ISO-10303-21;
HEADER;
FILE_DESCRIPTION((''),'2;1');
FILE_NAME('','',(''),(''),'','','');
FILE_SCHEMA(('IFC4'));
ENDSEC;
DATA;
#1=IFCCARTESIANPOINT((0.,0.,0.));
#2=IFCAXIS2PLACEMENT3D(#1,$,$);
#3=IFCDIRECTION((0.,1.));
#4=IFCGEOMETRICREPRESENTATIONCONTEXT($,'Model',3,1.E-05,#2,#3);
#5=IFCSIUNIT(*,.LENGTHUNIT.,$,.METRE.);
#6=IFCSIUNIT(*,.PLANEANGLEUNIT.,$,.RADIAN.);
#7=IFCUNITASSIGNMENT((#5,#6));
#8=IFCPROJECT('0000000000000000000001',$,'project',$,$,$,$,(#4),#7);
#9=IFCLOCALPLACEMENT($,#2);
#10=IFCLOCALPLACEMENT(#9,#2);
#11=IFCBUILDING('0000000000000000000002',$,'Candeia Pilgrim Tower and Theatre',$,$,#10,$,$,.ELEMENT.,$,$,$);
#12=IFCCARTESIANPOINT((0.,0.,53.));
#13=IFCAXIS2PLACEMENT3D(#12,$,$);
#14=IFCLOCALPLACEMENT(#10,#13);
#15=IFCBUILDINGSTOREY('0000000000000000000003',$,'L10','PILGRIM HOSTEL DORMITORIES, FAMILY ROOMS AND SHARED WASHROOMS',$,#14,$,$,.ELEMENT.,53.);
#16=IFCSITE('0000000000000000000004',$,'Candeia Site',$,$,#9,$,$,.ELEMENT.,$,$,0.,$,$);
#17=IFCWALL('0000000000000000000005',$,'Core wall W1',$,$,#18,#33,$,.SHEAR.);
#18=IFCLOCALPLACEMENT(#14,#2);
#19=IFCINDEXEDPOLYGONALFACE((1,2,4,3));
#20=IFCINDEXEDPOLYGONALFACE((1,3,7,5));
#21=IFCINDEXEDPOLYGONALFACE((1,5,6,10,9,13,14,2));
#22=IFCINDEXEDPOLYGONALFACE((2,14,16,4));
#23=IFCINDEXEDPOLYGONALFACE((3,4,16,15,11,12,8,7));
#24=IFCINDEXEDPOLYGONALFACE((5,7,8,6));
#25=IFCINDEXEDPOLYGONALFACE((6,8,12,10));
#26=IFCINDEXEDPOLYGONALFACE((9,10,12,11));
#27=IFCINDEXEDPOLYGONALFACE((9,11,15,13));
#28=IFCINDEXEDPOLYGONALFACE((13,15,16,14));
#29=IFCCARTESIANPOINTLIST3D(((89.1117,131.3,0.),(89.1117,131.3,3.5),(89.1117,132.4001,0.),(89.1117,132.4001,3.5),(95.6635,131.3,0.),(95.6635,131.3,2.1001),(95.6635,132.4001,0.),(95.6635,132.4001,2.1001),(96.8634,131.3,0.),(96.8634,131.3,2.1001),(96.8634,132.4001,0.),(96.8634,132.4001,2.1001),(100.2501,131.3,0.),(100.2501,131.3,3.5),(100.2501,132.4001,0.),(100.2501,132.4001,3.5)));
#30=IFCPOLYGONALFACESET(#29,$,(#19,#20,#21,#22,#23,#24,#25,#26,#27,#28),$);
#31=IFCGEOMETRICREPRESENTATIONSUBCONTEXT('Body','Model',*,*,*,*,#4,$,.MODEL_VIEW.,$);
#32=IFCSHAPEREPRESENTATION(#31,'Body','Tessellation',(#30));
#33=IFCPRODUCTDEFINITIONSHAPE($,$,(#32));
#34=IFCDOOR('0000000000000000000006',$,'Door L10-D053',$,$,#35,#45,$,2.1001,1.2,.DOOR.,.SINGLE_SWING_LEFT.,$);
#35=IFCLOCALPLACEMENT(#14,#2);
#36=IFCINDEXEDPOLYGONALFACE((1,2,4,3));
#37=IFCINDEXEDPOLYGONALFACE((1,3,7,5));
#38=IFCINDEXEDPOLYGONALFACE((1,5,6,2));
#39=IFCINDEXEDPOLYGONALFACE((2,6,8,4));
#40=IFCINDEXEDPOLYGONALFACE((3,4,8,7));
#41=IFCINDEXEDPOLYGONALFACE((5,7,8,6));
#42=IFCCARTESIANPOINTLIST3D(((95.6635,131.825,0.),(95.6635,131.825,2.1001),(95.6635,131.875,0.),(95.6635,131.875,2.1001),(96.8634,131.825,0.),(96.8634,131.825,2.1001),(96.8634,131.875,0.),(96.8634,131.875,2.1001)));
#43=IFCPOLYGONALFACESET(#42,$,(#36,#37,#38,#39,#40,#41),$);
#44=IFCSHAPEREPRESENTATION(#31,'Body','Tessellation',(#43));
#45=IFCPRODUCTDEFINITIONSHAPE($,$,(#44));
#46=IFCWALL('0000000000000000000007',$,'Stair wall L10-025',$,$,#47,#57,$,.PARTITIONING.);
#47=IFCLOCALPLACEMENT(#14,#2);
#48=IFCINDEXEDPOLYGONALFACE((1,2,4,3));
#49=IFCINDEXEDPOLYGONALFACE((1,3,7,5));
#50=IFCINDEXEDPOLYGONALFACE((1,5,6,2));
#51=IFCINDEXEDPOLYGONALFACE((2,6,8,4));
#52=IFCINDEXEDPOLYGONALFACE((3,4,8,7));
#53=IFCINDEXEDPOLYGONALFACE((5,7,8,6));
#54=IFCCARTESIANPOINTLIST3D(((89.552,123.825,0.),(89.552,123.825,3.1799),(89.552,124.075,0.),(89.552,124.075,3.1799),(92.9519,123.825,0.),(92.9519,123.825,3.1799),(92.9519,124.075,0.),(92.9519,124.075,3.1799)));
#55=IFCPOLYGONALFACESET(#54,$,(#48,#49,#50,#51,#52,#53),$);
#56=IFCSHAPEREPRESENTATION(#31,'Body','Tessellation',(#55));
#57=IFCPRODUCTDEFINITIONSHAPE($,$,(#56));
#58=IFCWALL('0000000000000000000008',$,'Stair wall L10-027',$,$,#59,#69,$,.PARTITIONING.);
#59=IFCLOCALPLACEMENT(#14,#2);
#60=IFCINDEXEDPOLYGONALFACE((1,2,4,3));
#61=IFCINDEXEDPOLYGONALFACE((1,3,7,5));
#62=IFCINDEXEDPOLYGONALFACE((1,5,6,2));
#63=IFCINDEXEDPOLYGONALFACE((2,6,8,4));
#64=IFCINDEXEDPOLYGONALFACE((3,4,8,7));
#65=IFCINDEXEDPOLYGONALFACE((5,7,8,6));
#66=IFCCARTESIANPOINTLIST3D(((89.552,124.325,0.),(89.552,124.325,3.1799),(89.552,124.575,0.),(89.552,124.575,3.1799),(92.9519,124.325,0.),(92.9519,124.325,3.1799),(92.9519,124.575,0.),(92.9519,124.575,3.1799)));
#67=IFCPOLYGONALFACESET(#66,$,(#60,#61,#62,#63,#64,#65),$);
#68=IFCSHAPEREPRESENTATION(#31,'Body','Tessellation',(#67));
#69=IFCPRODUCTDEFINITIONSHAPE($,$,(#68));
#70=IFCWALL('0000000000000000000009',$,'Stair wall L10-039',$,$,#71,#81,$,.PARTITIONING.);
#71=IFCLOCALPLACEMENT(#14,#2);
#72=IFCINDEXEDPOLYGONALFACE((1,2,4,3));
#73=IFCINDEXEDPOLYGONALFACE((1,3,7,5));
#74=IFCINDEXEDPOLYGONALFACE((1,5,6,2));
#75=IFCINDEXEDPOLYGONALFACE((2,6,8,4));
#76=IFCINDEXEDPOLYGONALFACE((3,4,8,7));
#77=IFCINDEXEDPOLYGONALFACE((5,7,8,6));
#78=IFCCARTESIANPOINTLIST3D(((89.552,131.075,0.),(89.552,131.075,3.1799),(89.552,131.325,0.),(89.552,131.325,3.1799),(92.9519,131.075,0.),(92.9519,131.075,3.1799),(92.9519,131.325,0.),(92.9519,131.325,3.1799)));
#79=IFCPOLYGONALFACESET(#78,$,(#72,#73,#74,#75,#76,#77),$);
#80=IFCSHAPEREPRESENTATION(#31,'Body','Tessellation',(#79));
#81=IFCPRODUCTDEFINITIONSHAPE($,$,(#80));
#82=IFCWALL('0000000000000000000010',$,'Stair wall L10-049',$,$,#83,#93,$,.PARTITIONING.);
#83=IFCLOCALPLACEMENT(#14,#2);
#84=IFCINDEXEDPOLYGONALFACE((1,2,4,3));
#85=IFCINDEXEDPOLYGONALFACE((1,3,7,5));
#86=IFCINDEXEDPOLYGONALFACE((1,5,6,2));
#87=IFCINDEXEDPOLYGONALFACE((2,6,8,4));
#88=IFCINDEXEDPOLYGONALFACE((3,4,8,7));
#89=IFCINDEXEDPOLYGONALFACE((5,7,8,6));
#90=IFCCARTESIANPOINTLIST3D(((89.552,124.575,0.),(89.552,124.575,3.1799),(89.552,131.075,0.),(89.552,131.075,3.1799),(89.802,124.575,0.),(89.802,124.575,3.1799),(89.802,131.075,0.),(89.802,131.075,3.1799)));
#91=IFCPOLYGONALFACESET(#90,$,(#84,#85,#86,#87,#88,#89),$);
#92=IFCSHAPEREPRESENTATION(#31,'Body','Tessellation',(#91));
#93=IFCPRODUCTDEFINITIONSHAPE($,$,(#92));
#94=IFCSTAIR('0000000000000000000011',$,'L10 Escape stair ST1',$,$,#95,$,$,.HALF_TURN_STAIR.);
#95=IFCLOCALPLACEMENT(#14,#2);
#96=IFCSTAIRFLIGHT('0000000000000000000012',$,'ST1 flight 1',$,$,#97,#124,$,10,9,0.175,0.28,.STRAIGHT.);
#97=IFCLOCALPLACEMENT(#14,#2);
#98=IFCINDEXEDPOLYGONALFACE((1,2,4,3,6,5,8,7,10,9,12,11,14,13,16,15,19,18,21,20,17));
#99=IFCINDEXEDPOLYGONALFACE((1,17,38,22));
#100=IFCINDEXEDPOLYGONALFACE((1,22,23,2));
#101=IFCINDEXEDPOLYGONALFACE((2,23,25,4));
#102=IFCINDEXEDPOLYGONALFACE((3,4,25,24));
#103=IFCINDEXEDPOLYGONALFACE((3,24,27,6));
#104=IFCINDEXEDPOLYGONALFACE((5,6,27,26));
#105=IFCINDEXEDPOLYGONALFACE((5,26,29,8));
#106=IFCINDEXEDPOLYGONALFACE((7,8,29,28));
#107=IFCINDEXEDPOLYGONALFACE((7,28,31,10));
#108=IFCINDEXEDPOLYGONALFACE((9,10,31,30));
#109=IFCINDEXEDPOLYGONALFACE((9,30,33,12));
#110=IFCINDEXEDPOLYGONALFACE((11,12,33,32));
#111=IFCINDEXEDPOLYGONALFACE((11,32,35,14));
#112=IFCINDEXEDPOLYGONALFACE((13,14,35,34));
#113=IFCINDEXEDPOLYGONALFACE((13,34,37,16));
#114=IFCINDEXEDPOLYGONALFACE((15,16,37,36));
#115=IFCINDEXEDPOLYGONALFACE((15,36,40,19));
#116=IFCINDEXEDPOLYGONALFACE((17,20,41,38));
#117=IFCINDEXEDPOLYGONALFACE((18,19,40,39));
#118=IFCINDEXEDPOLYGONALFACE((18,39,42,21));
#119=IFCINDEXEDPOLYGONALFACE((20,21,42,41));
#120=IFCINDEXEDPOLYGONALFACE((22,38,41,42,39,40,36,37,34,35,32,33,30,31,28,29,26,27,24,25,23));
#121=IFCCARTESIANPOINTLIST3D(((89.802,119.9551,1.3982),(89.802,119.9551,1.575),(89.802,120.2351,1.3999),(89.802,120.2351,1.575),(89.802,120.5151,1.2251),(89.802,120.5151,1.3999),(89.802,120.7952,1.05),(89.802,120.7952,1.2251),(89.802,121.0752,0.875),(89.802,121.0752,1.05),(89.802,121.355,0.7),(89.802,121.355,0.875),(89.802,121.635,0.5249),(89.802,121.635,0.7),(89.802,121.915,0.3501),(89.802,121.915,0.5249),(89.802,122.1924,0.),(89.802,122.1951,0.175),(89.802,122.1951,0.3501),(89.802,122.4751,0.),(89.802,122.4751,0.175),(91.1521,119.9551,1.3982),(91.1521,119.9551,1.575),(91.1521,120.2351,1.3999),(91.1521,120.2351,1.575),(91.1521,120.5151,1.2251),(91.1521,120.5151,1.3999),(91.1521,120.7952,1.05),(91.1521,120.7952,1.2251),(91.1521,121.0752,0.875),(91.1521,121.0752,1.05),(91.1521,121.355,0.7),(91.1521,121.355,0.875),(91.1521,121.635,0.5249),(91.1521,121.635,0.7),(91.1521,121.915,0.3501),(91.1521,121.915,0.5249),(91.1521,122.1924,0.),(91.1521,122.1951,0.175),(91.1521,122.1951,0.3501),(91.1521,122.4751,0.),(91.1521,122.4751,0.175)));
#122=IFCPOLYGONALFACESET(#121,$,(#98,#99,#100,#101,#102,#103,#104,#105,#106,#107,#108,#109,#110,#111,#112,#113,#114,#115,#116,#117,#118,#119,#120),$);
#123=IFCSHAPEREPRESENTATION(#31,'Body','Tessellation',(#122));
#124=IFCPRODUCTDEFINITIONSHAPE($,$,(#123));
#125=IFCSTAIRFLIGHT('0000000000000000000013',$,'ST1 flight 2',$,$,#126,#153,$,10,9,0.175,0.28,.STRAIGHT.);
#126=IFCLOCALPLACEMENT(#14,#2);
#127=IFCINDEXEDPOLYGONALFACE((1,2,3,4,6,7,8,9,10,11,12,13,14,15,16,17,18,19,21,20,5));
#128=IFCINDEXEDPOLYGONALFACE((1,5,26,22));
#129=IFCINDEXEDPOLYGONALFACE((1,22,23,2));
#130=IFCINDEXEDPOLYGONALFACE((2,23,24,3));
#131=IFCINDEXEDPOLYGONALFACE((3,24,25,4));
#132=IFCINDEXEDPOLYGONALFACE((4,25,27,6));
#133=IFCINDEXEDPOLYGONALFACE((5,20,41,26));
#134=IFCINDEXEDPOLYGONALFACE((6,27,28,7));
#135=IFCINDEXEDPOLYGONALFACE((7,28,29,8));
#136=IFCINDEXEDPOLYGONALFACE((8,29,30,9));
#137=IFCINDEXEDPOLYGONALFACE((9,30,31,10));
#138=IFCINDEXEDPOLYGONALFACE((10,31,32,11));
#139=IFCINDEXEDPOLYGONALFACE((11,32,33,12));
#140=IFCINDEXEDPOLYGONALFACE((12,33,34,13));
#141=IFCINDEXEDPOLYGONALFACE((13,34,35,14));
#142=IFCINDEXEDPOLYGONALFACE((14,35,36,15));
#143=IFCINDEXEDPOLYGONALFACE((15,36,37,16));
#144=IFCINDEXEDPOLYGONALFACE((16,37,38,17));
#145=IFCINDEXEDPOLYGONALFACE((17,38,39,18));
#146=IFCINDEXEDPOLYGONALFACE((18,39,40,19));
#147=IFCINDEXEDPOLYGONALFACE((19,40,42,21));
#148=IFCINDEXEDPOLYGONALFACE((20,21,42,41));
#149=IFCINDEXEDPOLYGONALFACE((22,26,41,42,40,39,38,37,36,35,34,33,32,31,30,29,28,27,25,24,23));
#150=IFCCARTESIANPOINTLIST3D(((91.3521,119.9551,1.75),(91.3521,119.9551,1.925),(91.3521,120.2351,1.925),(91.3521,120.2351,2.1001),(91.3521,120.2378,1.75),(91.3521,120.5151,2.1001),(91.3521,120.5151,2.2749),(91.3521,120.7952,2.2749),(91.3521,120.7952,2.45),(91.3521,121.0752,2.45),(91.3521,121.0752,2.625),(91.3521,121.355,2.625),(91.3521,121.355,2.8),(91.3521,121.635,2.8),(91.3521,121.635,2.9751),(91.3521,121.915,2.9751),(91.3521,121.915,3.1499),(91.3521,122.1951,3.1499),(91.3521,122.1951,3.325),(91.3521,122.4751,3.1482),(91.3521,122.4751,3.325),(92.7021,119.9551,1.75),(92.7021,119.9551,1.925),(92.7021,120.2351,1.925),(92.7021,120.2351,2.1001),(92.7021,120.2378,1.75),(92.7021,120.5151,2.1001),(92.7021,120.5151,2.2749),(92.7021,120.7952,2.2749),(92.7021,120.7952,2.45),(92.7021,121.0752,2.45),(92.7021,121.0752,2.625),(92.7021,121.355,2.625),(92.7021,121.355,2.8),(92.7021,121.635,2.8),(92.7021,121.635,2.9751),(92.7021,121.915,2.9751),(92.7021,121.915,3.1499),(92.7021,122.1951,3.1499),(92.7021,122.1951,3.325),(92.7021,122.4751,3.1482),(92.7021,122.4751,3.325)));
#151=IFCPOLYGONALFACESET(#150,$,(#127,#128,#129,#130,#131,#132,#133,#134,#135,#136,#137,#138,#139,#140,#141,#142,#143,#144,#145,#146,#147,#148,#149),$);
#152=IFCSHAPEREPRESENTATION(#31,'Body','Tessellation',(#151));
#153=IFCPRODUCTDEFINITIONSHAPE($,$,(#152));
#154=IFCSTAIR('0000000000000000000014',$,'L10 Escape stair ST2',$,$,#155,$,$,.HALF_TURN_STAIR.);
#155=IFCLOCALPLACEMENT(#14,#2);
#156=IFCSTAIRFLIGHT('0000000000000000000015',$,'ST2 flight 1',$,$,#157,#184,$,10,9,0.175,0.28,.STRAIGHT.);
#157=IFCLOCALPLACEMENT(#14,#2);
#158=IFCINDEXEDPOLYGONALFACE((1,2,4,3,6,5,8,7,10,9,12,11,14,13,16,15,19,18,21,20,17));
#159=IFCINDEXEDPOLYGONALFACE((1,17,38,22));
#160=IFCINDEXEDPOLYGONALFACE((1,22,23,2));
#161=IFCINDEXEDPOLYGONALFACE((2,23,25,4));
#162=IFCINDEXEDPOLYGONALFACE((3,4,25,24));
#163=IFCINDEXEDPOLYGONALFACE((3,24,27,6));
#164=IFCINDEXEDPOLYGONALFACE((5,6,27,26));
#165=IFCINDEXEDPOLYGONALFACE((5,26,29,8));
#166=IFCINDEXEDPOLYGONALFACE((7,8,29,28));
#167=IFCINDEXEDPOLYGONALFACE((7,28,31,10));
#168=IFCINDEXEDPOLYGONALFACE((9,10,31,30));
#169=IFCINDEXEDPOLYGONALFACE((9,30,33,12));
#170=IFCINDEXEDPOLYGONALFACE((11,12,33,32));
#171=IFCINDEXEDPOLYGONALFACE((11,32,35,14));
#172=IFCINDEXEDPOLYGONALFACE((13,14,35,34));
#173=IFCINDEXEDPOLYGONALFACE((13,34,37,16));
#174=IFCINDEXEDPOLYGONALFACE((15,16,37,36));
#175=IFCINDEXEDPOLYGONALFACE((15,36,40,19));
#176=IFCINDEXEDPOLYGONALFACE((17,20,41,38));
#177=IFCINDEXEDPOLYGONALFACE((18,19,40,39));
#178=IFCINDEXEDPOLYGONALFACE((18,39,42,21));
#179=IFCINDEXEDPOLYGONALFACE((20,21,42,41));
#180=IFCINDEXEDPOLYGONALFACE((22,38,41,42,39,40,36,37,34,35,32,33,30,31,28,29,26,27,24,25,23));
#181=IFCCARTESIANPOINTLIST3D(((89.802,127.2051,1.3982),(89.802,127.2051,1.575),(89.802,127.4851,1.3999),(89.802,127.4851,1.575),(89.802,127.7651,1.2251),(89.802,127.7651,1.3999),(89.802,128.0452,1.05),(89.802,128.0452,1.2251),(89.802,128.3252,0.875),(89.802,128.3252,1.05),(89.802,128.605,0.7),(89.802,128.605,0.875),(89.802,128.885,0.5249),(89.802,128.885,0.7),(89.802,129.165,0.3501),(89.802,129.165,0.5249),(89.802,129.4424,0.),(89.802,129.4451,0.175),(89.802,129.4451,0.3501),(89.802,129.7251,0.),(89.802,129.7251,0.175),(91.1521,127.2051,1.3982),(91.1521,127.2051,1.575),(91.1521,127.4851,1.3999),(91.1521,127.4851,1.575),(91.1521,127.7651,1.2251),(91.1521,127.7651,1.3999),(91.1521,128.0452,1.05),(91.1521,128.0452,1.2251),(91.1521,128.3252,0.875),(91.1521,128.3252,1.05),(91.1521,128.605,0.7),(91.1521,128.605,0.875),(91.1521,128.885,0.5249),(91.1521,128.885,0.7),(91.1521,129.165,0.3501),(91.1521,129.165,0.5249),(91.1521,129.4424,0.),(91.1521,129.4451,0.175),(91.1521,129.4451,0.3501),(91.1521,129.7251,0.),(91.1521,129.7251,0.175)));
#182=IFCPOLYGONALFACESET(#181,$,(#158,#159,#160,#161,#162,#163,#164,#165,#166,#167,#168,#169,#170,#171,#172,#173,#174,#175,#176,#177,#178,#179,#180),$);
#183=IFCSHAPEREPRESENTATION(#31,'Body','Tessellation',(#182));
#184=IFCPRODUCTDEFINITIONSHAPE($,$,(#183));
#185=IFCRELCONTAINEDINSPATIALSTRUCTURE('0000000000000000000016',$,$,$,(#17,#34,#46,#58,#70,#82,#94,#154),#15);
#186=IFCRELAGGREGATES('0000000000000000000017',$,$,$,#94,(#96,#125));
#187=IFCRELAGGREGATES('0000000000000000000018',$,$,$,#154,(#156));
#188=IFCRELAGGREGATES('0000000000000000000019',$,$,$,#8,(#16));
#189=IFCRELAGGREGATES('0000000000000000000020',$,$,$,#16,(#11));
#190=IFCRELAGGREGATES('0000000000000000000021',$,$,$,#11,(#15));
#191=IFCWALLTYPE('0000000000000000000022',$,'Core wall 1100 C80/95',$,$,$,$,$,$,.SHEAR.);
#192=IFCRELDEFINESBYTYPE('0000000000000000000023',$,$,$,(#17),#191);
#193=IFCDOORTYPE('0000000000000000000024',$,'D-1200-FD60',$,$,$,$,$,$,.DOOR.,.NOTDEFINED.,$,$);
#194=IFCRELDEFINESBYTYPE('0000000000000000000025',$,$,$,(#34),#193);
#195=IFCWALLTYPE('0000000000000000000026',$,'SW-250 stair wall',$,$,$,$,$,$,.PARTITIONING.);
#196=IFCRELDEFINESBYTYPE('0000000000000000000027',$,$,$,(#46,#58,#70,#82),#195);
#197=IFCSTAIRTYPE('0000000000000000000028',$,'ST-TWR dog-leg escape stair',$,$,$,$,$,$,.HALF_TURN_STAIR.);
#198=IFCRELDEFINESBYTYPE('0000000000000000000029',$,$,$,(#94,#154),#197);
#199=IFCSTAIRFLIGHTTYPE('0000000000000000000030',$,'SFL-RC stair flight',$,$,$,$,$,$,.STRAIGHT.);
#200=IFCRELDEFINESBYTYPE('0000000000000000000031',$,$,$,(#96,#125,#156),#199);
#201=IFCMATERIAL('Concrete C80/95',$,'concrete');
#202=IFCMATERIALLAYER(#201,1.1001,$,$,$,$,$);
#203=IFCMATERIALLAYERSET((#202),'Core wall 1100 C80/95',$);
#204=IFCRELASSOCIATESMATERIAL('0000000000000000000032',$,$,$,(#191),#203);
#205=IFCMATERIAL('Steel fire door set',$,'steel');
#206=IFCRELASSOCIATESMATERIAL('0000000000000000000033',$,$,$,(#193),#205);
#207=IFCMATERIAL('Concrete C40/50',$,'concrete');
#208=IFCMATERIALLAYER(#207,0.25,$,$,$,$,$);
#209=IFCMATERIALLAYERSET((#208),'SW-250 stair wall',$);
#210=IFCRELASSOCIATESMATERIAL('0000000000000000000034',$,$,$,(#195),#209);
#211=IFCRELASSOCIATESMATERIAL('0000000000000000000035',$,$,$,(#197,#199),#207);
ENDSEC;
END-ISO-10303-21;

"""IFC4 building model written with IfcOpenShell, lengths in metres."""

from ifc_helpers import new_model, si_unit, direction, frame, frame_2d, origin, place, context, subcontext, project, spatial, polyline, rectangle, outline, extrude, material, layer, layer_set, type_object, element, fill, aggregate, save


model = new_model("IFC4")

# Units and contexts
model_context = context("Model", 3, precision=1e-05, world=origin(), true_north=direction((0.0, 1.0)))
body_context = subcontext(model_context, "Body", "Model", "MODEL_VIEW")
ifc_project = project(units=[si_unit("LENGTHUNIT", "METRE"), si_unit("PLANEANGLEUNIT", "RADIAN")], contexts=[model_context])

# Site, building, storey
site_placement = place(None, origin())
site = spatial("IfcSite", under=ifc_project, at=site_placement, Name="Candeia Site", CompositionType="ELEMENT", RefElevation=0.0)
building_placement = place(site_placement, origin())
building = spatial("IfcBuilding", under=site, at=building_placement, Name="Candeia Pilgrim Tower and Theatre", CompositionType="ELEMENT")
storey_placement = place(building_placement, frame((0.0, 0.0, 53.0)))
storey = spatial("IfcBuildingStorey", under=building, at=storey_placement, Name="L10", Description="PILGRIM HOSTEL DORMITORIES, FAMILY ROOMS AND SHARED WASHROOMS", CompositionType="ELEMENT", Elevation=53.0)

# Wall, opening, door
ifc_material_1 = material(Name="Concrete C80/95", Category="concrete")
ifc_layer_1 = layer(ifc_material_1, 1.1001)
ifc_layer_set_1 = layer_set([ifc_layer_1], Name="Core wall 1100 C80/95")
wall_type_1 = type_object("IfcWallType", Name="Core wall 1100 C80/95", PredefinedType="SHEAR", material=ifc_layer_set_1)
wall_1_placement = place(storey_placement, frame((89.1116, 131.8501, 0.0), z_axis=(0.0, 0.0, 1.0), x_axis=(1.0, 0.0, 0.0)))
wall_1 = element("IfcWall", 1, at=wall_1_placement, inside=storey, type_object=wall_type_1, Name="Core wall W1", PredefinedType="SHEAR", context=body_context, shape_type="SweptSolid", body=[
    extrude(rectangle(XDim=11.1384, YDim=1.1001, at=frame_2d((5.5693, 0.0))), origin(), (0.0, 0.0, 1.0), 3.5),
])
opening_placement = place(wall_1_placement, frame((6.5518, 0.0, 0.0)))
opening = element("IfcOpeningElement", 2, at=opening_placement, cuts=wall_1, PredefinedType="OPENING", context=body_context, shape_type="SweptSolid", body=[
    extrude(rectangle(XDim=1.2, YDim=2.1001, at=frame_2d((0.6001, 1.05))), frame((0.0, 0.5601, 0.0), z_axis=(0.0, -1.0, 0.0), x_axis=(1.0, 0.0, 0.0)), (0.0, 0.0, 1.0), 1.1201),
])
ifc_material_2 = material(Name="Steel fire door set", Category="steel")
door_type = type_object("IfcDoorType", Name="D-1200-FD60", OperationType="NOTDEFINED", PredefinedType="DOOR", material=ifc_material_2)
door_placement = place(opening_placement, origin())
door = element("IfcDoor", 3, at=door_placement, inside=storey, type_object=door_type, Name="Door L10-D053", OperationType="SINGLE_SWING_LEFT", OverallHeight=2.1001, OverallWidth=1.2, PredefinedType="DOOR", context=body_context, shape_type="SweptSolid", body=[
    extrude(rectangle(XDim=1.2, YDim=2.1001, at=frame_2d((0.6001, 1.05))), frame((0.0, 0.0249, 0.0), z_axis=(0.0, -1.0, 0.0), x_axis=(1.0, 0.0, 0.0)), (0.0, 0.0, 1.0), 0.05),
])
fill(opening, door)

# Walls
ifc_material_3 = material(Name="Concrete C40/50", Category="concrete")
ifc_layer_2 = layer(ifc_material_3, 0.25)
ifc_layer_set_2 = layer_set([ifc_layer_2], Name="SW-250 stair wall")
wall_type_2 = type_object("IfcWallType", Name="SW-250 stair wall", PredefinedType="PARTITIONING", material=ifc_layer_set_2)
for number, where, z_axis, x_axis, name in (
    (4, (89.552, 123.95, 0.0), (0.0, 0.0, 1.0), (1.0, 0.0, 0.0), "Stair wall L10-025"),
    (5, (89.552, 124.45, 0.0), (0.0, 0.0, 1.0), (1.0, 0.0, 0.0), "Stair wall L10-027"),
    (6, (89.552, 131.2, 0.0), (0.0, 0.0, 1.0), (1.0, 0.0, 0.0), "Stair wall L10-039"),
):
    element("IfcWall", number, at=place(storey_placement, frame(where, z_axis=z_axis, x_axis=x_axis)), inside=storey, type_object=wall_type_2, Name=name, PredefinedType="PARTITIONING", context=body_context, shape_type="SweptSolid", body=[
        extrude(rectangle(XDim=3.3999, YDim=0.25, at=frame_2d((1.7, 0.0))), origin(), (0.0, 0.0, 1.0), 3.1799),
    ])
wall_2_placement = place(storey_placement, frame((89.677, 124.575, 0.0), z_axis=(0.0, 0.0, 1.0), x_axis=(0.0, 1.0, 0.0)))
element("IfcWall", 7, at=wall_2_placement, inside=storey, type_object=wall_type_2, Name="Stair wall L10-049", PredefinedType="PARTITIONING", context=body_context, shape_type="SweptSolid", body=[
    extrude(rectangle(XDim=6.5, YDim=0.25, at=frame_2d((3.25, 0.0))), origin(), (0.0, 0.0, 1.0), 3.1799),
])

# Stairs, stair flights
stair_type = type_object("IfcStairType", Name="ST-TWR dog-leg escape stair", PredefinedType="HALF_TURN_STAIR", material=ifc_material_3)
stair_1_placement = place(storey_placement, origin())
stair_1 = element("IfcStair", 8, at=stair_1_placement, inside=storey, type_object=stair_type, Name="L10 Escape stair ST1", PredefinedType="HALF_TURN_STAIR")
stair_flight_type = type_object("IfcStairFlightType", Name="SFL-RC stair flight", PredefinedType="STRAIGHT", material=ifc_material_3)
stair_flight_1_placement = place(storey_placement, frame((90.4771, 122.4751, 0.0), z_axis=(0.0, 0.0, 1.0), x_axis=(0.0, -1.0, 0.0)))
stair_flight_1 = element("IfcStairFlight", 9, at=stair_flight_1_placement, type_object=stair_flight_type, Name="ST1 flight 1", NumberOfRisers=10, NumberOfTreads=9, PredefinedType="STRAIGHT", RiserHeight=0.175, TreadLength=0.28, context=body_context, shape_type="SweptSolid", body=[
    extrude(outline(polyline([(0.0, 0.0), (0.0, 0.175), (0.28, 0.175), (0.28, 0.3501), (0.5601, 0.3501), (0.5601, 0.5249), (0.8401, 0.5249), (0.8401, 0.7), (1.1201, 0.7), (1.1201, 0.875), (1.3999, 0.875), (1.3999, 1.05), (1.6799, 1.05), (1.6799, 1.2251), (1.96, 1.2251), (1.96, 1.3999), (2.24, 1.3999), (2.24, 1.575), (2.52, 1.575), (2.52, 1.75), (2.52, 1.3982), (0.2827, 0.0), (0.0, 0.0)])), frame((0.0, 0.675, 0.0), z_axis=(0.0, -1.0, 0.0), x_axis=(1.0, 0.0, 0.0)), (0.0, 0.0, 1.0), 1.3501),
])
stair_flight_2_placement = place(storey_placement, frame((92.0271, 119.9551, 1.75), z_axis=(0.0, 0.0, 1.0), x_axis=(0.0, 1.0, 0.0)))
stair_flight_2 = element("IfcStairFlight", 10, at=stair_flight_2_placement, type_object=stair_flight_type, Name="ST1 flight 2", NumberOfRisers=10, NumberOfTreads=9, PredefinedType="STRAIGHT", RiserHeight=0.175, TreadLength=0.28, context=body_context, shape_type="SweptSolid", body=[
    extrude(outline(polyline([(0.0, 0.0), (0.0, 0.175), (0.28, 0.175), (0.28, 0.3501), (0.5601, 0.3501), (0.5601, 0.5249), (0.8401, 0.5249), (0.8401, 0.7), (1.1201, 0.7), (1.1201, 0.875), (1.3999, 0.875), (1.3999, 1.05), (1.6799, 1.05), (1.6799, 1.2251), (1.96, 1.2251), (1.96, 1.3999), (2.24, 1.3999), (2.24, 1.575), (2.52, 1.575), (2.52, 1.75), (2.52, 1.3982), (0.2827, 0.0), (0.0, 0.0)])), frame((0.0, 0.675, 0.0), z_axis=(0.0, -1.0, 0.0), x_axis=(1.0, 0.0, 0.0)), (0.0, 0.0, 1.0), 1.3501),
])
aggregate(stair_1, [stair_flight_1, stair_flight_2])
stair_2_placement = place(storey_placement, origin())
stair_2 = element("IfcStair", 11, at=stair_2_placement, inside=storey, type_object=stair_type, Name="L10 Escape stair ST2", PredefinedType="HALF_TURN_STAIR")
stair_flight_3_placement = place(storey_placement, frame((90.4771, 129.7251, 0.0), z_axis=(0.0, 0.0, 1.0), x_axis=(0.0, -1.0, 0.0)))
stair_flight_3 = element("IfcStairFlight", 12, at=stair_flight_3_placement, type_object=stair_flight_type, Name="ST2 flight 1", NumberOfRisers=10, NumberOfTreads=9, PredefinedType="STRAIGHT", RiserHeight=0.175, TreadLength=0.28, context=body_context, shape_type="SweptSolid", body=[
    extrude(outline(polyline([(0.0, 0.0), (0.0, 0.175), (0.28, 0.175), (0.28, 0.3501), (0.5601, 0.3501), (0.5601, 0.5249), (0.8401, 0.5249), (0.8401, 0.7), (1.1201, 0.7), (1.1201, 0.875), (1.3999, 0.875), (1.3999, 1.05), (1.6799, 1.05), (1.6799, 1.2251), (1.96, 1.2251), (1.96, 1.3999), (2.24, 1.3999), (2.24, 1.575), (2.52, 1.575), (2.52, 1.75), (2.52, 1.3982), (0.2827, 0.0), (0.0, 0.0)])), frame((0.0, 0.675, 0.0), z_axis=(0.0, -1.0, 0.0), x_axis=(1.0, 0.0, 0.0)), (0.0, 0.0, 1.0), 1.3501),
])
aggregate(stair_2, [stair_flight_3])

save(model, "model.ifc")
